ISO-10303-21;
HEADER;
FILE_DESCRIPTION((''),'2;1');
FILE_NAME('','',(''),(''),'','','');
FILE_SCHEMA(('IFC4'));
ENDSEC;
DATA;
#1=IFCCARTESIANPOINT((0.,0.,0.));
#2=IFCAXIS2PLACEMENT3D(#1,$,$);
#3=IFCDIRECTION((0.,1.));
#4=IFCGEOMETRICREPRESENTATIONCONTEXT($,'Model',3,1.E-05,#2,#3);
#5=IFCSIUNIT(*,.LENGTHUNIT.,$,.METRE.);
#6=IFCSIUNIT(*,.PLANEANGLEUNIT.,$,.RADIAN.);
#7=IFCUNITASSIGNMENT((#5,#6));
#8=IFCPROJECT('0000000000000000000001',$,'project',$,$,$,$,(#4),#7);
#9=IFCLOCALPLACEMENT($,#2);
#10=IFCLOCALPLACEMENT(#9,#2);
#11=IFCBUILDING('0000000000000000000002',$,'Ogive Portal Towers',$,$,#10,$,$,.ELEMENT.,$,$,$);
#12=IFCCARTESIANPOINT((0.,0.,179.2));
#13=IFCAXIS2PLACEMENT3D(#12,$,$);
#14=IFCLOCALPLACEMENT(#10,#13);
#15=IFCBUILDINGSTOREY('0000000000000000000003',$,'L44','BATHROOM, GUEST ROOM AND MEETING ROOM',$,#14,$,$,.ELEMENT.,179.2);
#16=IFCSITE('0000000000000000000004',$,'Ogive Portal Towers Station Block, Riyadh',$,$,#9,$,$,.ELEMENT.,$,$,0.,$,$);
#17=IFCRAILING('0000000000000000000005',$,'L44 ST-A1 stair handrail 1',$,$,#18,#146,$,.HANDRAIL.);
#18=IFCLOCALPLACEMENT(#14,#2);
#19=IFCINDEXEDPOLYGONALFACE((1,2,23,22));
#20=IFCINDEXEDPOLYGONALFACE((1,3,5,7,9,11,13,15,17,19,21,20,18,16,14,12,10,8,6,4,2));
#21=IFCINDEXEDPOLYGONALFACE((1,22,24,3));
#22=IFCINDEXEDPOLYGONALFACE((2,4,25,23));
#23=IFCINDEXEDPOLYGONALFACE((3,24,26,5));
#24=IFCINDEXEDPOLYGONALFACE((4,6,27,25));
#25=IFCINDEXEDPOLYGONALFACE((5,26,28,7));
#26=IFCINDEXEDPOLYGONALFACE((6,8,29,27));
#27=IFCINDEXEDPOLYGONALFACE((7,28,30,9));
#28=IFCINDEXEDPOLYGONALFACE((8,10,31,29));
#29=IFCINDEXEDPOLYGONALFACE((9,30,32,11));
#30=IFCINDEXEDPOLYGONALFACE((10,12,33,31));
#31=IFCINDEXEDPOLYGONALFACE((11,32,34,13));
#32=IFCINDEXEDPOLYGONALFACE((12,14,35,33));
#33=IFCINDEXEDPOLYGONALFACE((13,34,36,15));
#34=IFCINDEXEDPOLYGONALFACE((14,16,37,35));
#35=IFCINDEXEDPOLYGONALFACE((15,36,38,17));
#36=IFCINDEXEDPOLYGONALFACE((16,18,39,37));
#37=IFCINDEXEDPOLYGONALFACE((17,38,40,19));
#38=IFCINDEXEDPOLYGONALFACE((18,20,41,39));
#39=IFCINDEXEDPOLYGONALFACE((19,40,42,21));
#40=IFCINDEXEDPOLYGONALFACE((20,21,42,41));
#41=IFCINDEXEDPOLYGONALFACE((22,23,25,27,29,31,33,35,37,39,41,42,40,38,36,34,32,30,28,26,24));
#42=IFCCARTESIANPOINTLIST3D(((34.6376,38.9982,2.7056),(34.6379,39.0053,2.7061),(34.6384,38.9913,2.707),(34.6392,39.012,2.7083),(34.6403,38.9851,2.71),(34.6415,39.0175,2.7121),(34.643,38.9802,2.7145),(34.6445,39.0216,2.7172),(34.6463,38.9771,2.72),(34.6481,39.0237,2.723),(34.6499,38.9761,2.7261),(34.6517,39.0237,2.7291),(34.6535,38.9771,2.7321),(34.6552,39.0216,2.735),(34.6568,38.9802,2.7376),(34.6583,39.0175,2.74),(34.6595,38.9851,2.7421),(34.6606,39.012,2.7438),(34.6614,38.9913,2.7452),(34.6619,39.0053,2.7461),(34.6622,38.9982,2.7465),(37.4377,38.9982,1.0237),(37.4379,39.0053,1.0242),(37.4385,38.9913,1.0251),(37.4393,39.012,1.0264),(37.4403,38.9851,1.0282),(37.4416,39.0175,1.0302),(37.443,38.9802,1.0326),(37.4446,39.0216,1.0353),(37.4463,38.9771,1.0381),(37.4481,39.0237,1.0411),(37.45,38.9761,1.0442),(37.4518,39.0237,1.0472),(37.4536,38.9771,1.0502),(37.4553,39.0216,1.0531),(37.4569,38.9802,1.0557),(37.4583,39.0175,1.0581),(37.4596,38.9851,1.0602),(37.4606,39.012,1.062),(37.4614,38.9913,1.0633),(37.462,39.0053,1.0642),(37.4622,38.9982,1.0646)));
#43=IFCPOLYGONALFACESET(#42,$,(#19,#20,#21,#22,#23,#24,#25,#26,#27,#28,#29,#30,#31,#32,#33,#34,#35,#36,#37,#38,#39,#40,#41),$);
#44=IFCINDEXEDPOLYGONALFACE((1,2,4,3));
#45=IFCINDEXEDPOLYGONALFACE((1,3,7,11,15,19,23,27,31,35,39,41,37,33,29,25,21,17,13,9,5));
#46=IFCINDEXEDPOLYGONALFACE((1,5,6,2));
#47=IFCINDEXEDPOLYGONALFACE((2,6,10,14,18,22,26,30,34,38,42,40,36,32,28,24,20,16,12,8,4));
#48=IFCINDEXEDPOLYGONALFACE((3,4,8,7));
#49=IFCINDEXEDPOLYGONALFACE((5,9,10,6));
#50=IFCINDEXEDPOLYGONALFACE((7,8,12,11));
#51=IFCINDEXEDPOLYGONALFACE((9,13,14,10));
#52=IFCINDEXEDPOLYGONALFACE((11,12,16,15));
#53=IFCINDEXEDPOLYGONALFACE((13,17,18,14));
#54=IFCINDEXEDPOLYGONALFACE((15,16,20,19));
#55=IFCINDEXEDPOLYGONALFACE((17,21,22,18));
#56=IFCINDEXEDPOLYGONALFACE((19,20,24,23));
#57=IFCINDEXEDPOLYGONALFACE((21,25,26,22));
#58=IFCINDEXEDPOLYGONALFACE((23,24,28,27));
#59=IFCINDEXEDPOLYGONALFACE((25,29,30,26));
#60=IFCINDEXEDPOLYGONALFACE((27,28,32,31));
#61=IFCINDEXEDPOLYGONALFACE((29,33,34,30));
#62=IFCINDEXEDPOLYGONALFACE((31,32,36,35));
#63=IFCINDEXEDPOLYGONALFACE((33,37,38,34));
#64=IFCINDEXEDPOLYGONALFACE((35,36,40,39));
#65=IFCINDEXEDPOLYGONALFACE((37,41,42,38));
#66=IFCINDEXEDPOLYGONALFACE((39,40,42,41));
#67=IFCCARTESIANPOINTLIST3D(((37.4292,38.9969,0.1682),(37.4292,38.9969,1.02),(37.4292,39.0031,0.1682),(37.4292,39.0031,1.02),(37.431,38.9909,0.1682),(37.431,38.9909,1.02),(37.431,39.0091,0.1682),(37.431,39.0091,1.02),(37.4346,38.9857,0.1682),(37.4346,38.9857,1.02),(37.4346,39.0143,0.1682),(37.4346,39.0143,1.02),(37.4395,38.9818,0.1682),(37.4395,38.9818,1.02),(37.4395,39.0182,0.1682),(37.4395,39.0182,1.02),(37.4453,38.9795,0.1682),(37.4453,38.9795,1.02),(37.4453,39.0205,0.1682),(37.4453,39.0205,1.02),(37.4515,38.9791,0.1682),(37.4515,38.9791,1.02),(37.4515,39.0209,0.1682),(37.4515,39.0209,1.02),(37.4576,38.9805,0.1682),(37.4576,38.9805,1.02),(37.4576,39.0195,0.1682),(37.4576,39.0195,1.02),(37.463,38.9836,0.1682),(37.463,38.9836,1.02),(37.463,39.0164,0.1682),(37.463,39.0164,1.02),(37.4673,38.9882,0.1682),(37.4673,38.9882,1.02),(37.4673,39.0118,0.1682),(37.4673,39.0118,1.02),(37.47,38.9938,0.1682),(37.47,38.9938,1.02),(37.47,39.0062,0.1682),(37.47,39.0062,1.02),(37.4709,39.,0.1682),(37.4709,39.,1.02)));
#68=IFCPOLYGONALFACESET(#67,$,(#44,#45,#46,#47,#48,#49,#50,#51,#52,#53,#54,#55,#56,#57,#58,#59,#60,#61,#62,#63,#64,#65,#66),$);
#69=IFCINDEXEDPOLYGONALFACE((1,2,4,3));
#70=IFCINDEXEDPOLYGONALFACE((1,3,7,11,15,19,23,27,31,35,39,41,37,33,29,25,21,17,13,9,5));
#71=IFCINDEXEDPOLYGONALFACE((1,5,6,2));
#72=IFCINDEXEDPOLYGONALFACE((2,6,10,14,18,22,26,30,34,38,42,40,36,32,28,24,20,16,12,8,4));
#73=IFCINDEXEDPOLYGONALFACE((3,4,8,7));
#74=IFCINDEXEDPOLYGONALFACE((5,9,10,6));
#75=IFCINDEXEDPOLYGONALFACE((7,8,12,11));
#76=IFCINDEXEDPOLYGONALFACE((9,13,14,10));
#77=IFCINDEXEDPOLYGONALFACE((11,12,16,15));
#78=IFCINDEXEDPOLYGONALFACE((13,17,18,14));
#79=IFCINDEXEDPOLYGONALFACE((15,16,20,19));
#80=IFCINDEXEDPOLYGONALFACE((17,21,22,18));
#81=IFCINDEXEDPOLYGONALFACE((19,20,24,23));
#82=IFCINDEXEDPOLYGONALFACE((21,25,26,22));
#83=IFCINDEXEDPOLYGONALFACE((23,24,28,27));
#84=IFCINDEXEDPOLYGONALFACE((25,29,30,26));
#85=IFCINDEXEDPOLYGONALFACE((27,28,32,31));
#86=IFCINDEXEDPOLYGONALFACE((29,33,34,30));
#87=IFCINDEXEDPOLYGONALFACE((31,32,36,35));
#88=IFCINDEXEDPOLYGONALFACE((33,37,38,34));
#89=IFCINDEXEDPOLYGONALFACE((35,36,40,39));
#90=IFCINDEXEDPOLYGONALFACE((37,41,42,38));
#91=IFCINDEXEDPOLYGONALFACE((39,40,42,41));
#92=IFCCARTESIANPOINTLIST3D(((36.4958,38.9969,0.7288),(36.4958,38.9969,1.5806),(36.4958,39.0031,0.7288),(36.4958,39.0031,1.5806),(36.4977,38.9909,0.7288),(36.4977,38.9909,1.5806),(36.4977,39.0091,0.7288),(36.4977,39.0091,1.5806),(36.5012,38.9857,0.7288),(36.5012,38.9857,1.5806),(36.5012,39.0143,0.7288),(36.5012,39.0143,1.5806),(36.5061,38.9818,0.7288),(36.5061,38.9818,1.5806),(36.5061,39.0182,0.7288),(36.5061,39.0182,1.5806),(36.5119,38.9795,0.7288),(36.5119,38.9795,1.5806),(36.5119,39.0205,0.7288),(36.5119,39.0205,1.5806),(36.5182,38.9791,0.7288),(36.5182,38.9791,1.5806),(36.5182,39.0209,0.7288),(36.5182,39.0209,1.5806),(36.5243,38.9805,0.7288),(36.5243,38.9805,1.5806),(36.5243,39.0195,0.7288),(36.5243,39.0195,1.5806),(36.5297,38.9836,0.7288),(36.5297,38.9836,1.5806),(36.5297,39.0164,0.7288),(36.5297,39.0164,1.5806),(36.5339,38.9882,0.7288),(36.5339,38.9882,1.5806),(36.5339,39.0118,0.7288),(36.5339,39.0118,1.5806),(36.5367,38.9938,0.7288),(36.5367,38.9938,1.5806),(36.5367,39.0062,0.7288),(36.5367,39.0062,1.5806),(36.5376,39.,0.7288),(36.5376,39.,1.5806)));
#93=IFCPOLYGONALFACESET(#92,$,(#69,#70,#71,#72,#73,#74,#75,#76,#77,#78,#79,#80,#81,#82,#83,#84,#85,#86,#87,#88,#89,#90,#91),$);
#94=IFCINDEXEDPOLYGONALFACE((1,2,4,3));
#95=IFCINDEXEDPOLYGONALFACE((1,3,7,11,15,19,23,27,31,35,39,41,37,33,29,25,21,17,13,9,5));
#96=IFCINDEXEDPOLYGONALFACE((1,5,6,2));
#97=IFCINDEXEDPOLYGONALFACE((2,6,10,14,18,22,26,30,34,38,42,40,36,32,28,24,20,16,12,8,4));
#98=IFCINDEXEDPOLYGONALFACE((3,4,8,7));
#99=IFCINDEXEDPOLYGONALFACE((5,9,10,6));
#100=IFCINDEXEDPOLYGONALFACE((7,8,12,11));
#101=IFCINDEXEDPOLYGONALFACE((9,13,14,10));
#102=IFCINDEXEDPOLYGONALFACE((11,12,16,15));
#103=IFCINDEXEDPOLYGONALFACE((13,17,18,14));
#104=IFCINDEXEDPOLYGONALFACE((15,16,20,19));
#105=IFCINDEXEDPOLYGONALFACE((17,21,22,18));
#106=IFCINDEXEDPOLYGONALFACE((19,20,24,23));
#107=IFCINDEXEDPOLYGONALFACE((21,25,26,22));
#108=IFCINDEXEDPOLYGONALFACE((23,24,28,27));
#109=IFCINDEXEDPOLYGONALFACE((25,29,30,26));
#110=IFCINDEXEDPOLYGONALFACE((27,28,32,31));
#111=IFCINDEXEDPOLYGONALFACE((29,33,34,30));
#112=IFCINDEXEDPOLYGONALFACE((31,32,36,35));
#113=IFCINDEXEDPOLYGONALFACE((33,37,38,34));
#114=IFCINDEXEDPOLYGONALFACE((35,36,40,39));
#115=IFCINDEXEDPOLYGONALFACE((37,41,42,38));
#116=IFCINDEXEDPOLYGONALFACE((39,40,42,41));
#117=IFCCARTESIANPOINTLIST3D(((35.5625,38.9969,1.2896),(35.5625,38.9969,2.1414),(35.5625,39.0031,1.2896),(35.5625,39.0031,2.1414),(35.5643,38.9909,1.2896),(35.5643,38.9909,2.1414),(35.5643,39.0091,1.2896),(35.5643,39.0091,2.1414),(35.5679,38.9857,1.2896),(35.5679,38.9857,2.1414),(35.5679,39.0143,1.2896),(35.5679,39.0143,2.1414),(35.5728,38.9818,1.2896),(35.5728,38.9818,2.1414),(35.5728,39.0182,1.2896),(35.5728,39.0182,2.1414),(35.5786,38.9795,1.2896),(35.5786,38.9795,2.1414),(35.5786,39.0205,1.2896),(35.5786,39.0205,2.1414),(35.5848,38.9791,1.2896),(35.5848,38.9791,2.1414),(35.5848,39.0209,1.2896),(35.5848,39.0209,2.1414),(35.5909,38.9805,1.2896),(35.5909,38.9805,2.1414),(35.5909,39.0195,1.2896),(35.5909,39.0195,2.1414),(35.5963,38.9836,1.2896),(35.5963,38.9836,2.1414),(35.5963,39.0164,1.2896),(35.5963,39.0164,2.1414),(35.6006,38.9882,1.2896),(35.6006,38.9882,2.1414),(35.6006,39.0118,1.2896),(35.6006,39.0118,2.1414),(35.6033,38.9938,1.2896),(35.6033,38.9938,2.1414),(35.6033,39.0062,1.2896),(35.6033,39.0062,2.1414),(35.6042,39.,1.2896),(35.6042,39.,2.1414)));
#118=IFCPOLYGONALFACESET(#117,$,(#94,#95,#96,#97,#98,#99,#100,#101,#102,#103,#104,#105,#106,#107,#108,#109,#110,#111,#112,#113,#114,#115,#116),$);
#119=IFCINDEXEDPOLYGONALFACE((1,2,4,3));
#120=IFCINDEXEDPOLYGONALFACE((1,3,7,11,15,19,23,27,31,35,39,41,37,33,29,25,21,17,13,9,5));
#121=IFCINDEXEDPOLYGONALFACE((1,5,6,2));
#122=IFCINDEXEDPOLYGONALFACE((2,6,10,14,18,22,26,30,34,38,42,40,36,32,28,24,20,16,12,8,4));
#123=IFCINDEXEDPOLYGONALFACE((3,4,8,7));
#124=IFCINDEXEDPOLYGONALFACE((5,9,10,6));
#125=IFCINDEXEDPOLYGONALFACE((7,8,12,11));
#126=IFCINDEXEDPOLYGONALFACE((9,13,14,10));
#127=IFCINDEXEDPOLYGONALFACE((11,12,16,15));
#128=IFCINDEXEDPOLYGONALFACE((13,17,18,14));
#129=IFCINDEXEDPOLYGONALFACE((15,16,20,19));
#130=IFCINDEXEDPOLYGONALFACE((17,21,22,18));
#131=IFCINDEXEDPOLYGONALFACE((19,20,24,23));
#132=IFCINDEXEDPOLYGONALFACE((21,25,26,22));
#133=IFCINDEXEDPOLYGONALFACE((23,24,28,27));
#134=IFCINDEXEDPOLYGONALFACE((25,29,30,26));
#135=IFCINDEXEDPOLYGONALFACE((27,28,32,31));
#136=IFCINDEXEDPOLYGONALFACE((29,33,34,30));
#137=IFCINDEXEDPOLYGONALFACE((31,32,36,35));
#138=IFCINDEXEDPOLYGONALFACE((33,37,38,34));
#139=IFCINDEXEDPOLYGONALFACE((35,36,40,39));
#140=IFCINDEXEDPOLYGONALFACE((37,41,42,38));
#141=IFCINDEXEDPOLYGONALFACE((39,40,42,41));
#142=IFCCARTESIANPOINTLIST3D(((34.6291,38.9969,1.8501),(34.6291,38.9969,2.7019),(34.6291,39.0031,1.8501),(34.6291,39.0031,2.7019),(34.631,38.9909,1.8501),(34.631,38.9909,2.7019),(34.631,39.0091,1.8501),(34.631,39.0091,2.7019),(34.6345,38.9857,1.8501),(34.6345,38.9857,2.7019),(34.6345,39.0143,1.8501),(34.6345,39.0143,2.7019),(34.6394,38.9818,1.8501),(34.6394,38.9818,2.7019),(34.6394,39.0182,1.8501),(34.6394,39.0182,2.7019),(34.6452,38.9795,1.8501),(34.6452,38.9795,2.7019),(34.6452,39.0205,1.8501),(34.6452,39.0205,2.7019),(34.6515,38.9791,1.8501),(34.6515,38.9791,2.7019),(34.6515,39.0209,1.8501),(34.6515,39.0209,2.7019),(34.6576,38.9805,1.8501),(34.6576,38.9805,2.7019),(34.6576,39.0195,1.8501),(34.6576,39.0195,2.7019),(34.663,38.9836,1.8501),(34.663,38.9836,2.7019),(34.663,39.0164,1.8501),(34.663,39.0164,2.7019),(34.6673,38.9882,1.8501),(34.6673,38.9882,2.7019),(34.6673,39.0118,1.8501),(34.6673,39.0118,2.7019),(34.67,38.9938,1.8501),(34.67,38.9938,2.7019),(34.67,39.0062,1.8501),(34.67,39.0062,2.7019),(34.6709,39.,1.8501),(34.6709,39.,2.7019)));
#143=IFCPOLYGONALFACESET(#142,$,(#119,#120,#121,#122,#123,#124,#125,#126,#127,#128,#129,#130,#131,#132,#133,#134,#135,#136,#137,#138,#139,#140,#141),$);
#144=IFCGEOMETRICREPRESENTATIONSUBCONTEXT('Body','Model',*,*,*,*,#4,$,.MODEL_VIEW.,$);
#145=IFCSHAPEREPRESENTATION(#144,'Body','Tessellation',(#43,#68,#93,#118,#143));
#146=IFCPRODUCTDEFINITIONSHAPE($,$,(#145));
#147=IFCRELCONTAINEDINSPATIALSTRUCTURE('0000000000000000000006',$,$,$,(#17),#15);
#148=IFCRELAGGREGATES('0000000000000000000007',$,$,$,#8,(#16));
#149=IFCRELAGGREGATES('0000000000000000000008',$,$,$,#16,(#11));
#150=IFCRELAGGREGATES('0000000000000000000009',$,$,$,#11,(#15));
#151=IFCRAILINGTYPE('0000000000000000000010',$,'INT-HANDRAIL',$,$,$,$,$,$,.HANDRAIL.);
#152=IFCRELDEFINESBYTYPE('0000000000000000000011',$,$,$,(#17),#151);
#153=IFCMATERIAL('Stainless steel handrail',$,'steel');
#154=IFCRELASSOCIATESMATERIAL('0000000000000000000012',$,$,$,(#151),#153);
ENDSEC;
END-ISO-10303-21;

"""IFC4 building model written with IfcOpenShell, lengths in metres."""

from ifc_helpers import new_model, si_unit, direction, frame, origin, origin_2d, place, context, subcontext, project, spatial, circle, extrude, material, type_object, element, save


model = new_model("IFC4")

# Units and contexts
model_context = context("Model", 3, precision=1e-05, world=origin(), true_north=direction((0.0, 1.0)))
body_context = subcontext(model_context, "Body", "Model", "MODEL_VIEW")
ifc_project = project(units=[si_unit("LENGTHUNIT", "METRE"), si_unit("PLANEANGLEUNIT", "RADIAN")], contexts=[model_context])

# Site, building, storey
site_placement = place(None, origin())
site = spatial("IfcSite", under=ifc_project, at=site_placement, Name="Ogive Portal Towers Station Block, Riyadh", CompositionType="ELEMENT", RefElevation=0.0)
building_placement = place(site_placement, origin())
building = spatial("IfcBuilding", under=site, at=building_placement, Name="Ogive Portal Towers", CompositionType="ELEMENT")
storey_placement = place(building_placement, frame((0.0, 0.0, 179.2)))
storey = spatial("IfcBuildingStorey", under=building, at=storey_placement, Name="L44", Description="BATHROOM, GUEST ROOM AND MEETING ROOM", CompositionType="ELEMENT", Elevation=179.2)

# Railing
ifc_material_1 = material(Name="Stainless steel handrail", Category="steel")
railing_type_1 = type_object("IfcRailingType", Name="INT-HANDRAIL", PredefinedType="HANDRAIL", material=ifc_material_1)
railing_1_placement = place(storey_placement, frame((37.45, 39.0, 0.1682)))
element("IfcRailing", 1, at=railing_1_placement, inside=storey, type_object=railing_type_1, Name="L44 ST-A1 stair handrail 1", PredefinedType="HANDRAIL", context=body_context, shape_type="SweptSolid", body=[
    extrude(circle(Radius=0.0239, at=origin_2d()), frame((0.0, 0.0, 0.876), z_axis=(-0.857242, 0.0, 0.514913), x_axis=(0.0, -1.0, 0.0)), (0.0, 0.0, 1.0), 3.2664),
    extrude(circle(Radius=0.021, at=origin_2d()), origin(), (0.0, 0.0, 1.0), 0.8518),
    extrude(circle(Radius=0.021, at=origin_2d()), frame((-0.9333, 0.0, 0.5605)), (0.0, 0.0, 1.0), 0.8518),
    extrude(circle(Radius=0.021, at=origin_2d()), frame((-1.8667, 0.0, 1.1213)), (0.0, 0.0, 1.0), 0.8518),
    extrude(circle(Radius=0.021, at=origin_2d()), frame((-2.8, 0.0, 1.6819)), (0.0, 0.0, 1.0), 0.8518),
])

save(model, "model.ifc")
